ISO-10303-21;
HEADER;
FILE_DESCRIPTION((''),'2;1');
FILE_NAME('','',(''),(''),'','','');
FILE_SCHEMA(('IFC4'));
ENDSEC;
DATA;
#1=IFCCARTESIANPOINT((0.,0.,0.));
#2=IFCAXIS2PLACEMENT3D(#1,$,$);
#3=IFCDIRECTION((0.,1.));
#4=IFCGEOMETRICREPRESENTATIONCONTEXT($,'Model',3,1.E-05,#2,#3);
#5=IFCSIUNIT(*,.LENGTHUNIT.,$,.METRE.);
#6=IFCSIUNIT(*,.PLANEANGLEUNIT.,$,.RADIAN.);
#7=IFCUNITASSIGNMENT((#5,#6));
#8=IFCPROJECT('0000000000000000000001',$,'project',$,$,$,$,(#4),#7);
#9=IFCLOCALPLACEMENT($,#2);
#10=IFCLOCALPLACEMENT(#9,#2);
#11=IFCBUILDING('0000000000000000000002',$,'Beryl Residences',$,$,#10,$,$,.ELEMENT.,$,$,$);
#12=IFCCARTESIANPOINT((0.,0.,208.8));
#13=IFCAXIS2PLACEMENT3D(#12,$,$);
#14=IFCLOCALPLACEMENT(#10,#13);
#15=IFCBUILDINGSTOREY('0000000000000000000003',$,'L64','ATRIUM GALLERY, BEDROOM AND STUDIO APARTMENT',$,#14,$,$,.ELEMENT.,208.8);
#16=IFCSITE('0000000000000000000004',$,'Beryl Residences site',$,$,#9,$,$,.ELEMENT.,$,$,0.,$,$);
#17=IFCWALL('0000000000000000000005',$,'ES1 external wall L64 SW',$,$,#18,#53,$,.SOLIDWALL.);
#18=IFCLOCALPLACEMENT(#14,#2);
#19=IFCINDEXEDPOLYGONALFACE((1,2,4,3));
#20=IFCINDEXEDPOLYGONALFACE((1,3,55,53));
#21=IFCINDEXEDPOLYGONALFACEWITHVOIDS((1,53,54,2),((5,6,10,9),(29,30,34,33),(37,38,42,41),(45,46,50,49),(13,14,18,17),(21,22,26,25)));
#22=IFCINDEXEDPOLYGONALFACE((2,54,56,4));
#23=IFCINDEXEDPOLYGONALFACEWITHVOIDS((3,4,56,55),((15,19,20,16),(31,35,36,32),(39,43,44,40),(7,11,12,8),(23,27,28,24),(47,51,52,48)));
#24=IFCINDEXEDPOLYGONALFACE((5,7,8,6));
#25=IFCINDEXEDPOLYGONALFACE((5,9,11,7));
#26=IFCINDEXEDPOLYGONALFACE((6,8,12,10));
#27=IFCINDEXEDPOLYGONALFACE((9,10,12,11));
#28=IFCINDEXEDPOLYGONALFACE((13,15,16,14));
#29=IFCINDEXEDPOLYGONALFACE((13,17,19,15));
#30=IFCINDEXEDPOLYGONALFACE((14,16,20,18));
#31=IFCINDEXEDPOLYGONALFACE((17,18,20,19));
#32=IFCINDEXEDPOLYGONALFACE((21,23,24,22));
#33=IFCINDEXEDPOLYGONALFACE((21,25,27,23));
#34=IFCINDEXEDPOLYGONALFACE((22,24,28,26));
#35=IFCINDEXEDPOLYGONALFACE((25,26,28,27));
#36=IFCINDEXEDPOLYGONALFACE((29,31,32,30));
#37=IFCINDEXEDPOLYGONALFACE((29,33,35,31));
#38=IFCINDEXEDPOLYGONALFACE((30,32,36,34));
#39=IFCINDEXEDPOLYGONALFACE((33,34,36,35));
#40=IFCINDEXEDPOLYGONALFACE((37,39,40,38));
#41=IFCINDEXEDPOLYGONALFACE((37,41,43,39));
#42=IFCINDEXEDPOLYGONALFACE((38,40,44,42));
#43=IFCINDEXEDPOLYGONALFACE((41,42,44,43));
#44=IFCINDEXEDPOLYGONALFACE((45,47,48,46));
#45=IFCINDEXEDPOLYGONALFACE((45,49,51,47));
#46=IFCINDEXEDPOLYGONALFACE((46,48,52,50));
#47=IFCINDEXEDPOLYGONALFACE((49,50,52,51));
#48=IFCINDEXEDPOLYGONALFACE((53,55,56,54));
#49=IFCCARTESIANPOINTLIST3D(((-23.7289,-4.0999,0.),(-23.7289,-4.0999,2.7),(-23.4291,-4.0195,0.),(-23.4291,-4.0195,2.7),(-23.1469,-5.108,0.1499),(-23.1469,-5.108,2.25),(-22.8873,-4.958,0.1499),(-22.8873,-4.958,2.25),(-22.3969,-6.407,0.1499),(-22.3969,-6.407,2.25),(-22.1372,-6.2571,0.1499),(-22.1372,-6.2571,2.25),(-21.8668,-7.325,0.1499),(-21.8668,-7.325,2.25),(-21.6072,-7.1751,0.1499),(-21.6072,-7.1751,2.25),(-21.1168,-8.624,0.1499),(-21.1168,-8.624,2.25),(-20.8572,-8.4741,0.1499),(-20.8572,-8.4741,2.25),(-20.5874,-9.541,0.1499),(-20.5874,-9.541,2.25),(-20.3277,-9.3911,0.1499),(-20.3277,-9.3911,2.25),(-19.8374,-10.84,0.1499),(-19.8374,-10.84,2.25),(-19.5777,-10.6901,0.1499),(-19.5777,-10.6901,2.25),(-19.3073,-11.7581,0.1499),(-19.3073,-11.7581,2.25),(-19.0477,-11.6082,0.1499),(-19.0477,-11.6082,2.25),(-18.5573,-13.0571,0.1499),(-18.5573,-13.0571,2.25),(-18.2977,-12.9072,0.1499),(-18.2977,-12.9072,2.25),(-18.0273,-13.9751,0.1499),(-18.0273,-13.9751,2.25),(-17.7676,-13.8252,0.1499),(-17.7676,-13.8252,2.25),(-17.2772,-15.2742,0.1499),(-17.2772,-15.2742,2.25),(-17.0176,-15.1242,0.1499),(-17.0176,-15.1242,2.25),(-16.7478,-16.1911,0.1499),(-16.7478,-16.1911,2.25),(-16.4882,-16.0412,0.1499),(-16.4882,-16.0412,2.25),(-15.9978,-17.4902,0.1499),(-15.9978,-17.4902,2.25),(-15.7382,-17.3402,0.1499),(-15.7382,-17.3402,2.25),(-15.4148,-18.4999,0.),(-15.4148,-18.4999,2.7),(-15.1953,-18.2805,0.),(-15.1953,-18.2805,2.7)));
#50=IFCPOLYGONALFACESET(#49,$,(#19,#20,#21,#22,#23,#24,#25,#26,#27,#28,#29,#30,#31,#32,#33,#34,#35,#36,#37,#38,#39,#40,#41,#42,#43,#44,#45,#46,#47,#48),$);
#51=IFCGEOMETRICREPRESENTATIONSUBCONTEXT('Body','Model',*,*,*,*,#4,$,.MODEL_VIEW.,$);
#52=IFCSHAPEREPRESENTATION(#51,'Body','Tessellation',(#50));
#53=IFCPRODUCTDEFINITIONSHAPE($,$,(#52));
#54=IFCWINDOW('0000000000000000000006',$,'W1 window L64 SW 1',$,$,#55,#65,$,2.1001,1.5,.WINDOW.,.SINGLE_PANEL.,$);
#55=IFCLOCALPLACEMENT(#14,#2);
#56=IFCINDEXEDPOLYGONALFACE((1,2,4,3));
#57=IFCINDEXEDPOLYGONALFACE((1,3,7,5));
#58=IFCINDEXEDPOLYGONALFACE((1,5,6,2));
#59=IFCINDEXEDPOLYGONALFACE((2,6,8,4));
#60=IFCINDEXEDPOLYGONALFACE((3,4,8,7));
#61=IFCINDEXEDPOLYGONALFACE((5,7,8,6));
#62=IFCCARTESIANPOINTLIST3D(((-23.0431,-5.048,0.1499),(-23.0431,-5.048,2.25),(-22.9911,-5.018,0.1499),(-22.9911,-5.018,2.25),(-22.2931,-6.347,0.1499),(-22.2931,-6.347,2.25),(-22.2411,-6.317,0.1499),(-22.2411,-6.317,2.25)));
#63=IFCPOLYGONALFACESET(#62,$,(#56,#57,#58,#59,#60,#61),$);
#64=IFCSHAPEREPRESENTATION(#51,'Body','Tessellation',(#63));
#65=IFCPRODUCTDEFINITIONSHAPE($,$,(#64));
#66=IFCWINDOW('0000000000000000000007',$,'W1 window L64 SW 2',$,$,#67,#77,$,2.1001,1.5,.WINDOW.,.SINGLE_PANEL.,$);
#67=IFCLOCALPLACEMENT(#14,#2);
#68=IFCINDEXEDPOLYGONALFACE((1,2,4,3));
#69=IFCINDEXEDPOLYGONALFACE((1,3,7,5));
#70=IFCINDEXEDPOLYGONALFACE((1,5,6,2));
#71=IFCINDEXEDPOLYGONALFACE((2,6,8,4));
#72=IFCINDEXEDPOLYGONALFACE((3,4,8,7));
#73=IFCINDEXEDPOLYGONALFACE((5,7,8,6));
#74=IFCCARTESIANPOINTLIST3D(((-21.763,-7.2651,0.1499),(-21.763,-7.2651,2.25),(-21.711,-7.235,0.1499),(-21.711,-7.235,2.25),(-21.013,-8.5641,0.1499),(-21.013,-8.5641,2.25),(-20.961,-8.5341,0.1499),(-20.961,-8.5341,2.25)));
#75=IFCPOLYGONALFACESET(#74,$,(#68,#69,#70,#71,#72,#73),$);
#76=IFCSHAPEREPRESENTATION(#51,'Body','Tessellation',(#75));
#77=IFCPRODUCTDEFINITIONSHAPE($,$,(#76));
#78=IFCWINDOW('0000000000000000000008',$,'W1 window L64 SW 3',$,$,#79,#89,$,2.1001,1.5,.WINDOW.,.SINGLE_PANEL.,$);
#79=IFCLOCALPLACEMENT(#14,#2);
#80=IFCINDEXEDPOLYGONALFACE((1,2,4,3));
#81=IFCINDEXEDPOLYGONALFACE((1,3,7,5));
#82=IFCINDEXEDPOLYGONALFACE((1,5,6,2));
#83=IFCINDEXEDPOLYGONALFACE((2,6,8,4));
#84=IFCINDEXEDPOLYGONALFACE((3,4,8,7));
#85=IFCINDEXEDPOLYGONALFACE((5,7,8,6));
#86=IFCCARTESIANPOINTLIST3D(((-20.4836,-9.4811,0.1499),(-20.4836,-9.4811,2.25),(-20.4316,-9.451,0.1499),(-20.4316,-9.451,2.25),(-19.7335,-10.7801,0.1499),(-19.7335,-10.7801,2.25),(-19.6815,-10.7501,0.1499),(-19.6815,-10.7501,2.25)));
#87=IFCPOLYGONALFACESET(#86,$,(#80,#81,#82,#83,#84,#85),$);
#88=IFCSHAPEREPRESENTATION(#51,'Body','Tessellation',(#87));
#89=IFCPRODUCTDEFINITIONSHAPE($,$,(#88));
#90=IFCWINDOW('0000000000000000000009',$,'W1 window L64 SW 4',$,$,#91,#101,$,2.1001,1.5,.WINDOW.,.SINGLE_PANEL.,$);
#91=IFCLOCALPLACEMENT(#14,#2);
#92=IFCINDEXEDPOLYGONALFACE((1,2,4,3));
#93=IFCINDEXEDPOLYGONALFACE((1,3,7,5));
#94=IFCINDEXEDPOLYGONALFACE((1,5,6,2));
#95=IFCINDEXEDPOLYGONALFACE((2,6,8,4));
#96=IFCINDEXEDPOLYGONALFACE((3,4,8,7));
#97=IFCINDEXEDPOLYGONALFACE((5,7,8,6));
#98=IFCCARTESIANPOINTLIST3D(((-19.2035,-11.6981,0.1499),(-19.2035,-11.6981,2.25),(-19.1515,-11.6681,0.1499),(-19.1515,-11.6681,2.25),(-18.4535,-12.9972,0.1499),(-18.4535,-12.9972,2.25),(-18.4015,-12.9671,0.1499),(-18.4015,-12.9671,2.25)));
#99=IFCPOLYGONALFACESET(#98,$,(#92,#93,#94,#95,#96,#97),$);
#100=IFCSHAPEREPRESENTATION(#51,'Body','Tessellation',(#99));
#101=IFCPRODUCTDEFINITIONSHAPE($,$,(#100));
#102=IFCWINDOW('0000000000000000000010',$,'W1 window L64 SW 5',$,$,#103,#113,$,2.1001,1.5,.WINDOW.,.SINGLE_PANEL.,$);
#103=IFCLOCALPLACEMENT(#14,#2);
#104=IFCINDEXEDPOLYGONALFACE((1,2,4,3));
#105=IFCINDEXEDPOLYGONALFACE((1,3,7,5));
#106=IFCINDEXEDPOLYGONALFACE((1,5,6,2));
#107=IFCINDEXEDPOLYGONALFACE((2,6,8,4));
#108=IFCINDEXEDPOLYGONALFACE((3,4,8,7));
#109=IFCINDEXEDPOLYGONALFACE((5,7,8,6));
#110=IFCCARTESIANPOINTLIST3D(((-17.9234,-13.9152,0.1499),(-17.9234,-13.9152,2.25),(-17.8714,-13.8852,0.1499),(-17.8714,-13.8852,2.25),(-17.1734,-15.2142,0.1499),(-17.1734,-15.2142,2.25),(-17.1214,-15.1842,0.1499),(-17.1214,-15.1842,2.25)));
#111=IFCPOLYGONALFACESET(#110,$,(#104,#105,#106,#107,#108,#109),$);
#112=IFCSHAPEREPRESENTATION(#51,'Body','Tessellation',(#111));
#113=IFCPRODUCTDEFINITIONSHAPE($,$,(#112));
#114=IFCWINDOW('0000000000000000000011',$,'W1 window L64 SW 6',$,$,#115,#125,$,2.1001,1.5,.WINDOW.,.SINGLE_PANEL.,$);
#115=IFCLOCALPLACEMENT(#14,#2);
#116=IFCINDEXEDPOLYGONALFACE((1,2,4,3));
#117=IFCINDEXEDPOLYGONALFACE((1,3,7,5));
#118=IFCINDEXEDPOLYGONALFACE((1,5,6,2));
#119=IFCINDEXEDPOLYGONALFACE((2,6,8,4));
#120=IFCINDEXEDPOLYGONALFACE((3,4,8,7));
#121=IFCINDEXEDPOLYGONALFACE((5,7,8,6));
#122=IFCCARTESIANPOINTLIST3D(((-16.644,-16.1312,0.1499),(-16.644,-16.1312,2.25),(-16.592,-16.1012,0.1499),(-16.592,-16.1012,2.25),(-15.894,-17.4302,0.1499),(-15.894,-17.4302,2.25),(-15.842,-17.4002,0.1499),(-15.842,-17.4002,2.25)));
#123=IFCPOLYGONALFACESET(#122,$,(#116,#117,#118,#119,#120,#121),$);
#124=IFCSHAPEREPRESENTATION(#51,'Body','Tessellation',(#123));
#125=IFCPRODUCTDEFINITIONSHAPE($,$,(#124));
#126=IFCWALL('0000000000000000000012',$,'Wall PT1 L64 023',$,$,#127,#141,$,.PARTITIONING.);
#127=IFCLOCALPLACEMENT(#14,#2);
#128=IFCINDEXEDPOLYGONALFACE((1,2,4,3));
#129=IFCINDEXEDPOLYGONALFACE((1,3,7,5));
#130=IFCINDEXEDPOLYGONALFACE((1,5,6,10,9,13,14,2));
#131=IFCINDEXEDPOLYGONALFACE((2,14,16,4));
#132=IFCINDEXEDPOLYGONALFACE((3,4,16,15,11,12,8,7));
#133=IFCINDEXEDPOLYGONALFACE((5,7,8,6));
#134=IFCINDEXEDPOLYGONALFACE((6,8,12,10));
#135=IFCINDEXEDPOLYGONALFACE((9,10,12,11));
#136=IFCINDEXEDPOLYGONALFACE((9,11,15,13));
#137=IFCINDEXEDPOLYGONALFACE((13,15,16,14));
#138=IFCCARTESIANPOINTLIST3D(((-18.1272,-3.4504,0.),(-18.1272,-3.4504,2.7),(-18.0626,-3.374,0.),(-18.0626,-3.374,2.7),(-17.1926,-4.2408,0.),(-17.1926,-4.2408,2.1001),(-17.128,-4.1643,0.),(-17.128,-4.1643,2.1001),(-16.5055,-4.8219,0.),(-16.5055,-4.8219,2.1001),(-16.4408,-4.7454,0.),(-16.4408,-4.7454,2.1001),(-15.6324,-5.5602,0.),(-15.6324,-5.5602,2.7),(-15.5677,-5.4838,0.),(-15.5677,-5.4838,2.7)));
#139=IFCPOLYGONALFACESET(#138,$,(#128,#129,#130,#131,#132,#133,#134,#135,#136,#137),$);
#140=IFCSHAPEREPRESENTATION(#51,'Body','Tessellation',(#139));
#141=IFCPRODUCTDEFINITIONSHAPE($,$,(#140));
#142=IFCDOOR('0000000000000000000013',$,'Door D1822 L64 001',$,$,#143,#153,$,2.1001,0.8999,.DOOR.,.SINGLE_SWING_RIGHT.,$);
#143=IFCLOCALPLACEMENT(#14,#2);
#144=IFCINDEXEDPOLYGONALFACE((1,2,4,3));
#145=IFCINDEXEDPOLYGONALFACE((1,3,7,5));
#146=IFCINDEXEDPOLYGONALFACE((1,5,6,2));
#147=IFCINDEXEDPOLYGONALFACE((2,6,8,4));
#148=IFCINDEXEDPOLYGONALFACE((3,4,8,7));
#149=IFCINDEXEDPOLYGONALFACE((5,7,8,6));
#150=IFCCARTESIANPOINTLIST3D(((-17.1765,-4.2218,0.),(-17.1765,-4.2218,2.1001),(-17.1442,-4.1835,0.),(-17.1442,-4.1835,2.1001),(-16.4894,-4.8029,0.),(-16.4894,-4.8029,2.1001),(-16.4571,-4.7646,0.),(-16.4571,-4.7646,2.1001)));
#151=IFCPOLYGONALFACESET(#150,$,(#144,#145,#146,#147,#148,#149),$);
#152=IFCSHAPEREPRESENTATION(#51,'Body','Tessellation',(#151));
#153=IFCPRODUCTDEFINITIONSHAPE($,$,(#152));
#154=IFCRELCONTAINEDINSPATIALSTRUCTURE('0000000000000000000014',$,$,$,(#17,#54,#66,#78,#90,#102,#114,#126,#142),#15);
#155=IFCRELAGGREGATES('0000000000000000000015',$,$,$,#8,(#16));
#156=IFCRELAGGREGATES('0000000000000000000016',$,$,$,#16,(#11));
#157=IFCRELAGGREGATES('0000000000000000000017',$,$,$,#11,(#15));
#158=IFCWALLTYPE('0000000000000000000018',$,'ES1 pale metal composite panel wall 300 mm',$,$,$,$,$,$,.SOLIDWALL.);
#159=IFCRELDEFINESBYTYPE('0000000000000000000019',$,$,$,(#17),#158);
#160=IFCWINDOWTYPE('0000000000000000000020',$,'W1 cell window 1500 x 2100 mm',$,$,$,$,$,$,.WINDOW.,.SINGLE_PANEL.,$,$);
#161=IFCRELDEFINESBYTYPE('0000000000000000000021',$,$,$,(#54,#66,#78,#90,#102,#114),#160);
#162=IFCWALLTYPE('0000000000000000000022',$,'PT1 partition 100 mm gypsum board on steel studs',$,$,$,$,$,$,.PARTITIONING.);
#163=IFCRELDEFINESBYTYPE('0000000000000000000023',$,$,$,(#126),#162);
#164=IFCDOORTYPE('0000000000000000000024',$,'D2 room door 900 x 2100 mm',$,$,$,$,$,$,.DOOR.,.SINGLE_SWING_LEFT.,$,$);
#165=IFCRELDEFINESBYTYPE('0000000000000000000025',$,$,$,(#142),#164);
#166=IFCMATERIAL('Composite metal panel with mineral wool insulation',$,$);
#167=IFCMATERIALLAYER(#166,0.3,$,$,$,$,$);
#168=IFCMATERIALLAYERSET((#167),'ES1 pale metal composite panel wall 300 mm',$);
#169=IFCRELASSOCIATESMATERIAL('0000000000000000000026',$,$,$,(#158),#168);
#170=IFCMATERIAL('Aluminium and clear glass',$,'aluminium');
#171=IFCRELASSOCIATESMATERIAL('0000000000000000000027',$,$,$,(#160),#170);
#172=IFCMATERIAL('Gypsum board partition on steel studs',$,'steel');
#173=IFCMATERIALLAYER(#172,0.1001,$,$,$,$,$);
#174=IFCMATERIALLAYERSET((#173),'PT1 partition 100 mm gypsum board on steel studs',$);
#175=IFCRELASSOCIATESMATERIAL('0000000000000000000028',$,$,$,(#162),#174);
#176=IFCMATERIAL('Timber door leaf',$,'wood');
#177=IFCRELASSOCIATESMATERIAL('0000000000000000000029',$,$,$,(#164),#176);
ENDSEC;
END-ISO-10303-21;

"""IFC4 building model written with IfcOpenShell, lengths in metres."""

from ifc_helpers import new_model, si_unit, direction, frame, frame_2d, origin, place, context, subcontext, project, spatial, polyline, rectangle, outline, extrude, material, layer, layer_set, type_object, element, fill, save


model = new_model("IFC4")

# Units and contexts
model_context = context("Model", 3, precision=1e-05, world=origin(), true_north=direction((0.0, 1.0)))
body_context = subcontext(model_context, "Body", "Model", "MODEL_VIEW")
ifc_project = project(units=[si_unit("LENGTHUNIT", "METRE"), si_unit("PLANEANGLEUNIT", "RADIAN")], contexts=[model_context])

# Site, building, storey
site_placement = place(None, origin())
site = spatial("IfcSite", under=ifc_project, at=site_placement, Name="Beryl Residences site", CompositionType="ELEMENT", RefElevation=0.0)
building_placement = place(site_placement, origin())
building = spatial("IfcBuilding", under=site, at=building_placement, Name="Beryl Residences", CompositionType="ELEMENT")
storey_placement = place(building_placement, frame((0.0, 0.0, 208.8)))
storey = spatial("IfcBuildingStorey", under=building, at=storey_placement, Name="L64", Description="ATRIUM GALLERY, BEDROOM AND STUDIO APARTMENT", CompositionType="ELEMENT", Elevation=208.8)

# Wall, openings, windows
ifc_material_1 = material(Name="Composite metal panel with mineral wool insulation")
ifc_layer_1 = layer(ifc_material_1, 0.3)
ifc_layer_set_1 = layer_set([ifc_layer_1], Name="ES1 pale metal composite panel wall 300 mm")
wall_type_1 = type_object("IfcWallType", Name="ES1 pale metal composite panel wall 300 mm", PredefinedType="SOLIDWALL", material=ifc_layer_set_1)
wall_1_placement = place(storey_placement, frame((-23.5991, -4.0249, 0.0), z_axis=(0.0, 0.0, 1.0), x_axis=(0.500013, -0.866018, 0.0)))
wall_1 = element("IfcWall", 1, at=wall_1_placement, inside=storey, type_object=wall_type_1, Name="ES1 external wall L64 SW", PredefinedType="SOLIDWALL", context=body_context, shape_type="SweptSolid", body=[
    extrude(outline(polyline([(0.0, -0.1499), (16.6279, -0.1499), (16.5476, 0.1499), (0.0803, 0.1499), (0.0, -0.1499)])), origin(), (0.0, 0.0, 1.0), 2.7),
])
opening_1_placement = place(wall_1_placement, frame((1.1641, 0.0, 0.1499)))
opening_1 = element("IfcOpeningElement", 2, at=opening_1_placement, cuts=wall_1, PredefinedType="OPENING", context=body_context, shape_type="SweptSolid", body=[
    extrude(rectangle(XDim=1.5, YDim=2.1001, at=frame_2d((0.75, 1.05))), frame((0.0, 0.1599, 0.0), z_axis=(0.0, -1.0, 0.0), x_axis=(1.0, 0.0, 0.0)), (0.0, 0.0, 1.0), 0.3201),
])
opening_2_placement = place(wall_1_placement, frame((3.7241, 0.0, 0.1499)))
opening_2 = element("IfcOpeningElement", 3, at=opening_2_placement, cuts=wall_1, PredefinedType="OPENING", context=body_context, shape_type="SweptSolid", body=[
    extrude(rectangle(XDim=1.5, YDim=2.1001, at=frame_2d((0.75, 1.05))), frame((0.0, 0.1599, 0.0), z_axis=(0.0, -1.0, 0.0), x_axis=(1.0, 0.0, 0.0)), (0.0, 0.0, 1.0), 0.3201),
])
opening_3_placement = place(wall_1_placement, frame((6.283, 0.0, 0.1499)))
opening_3 = element("IfcOpeningElement", 4, at=opening_3_placement, cuts=wall_1, PredefinedType="OPENING", context=body_context, shape_type="SweptSolid", body=[
    extrude(rectangle(XDim=1.5, YDim=2.1001, at=frame_2d((0.75, 1.05))), frame((0.0, 0.1599, 0.0), z_axis=(0.0, -1.0, 0.0), x_axis=(1.0, 0.0, 0.0)), (0.0, 0.0, 1.0), 0.3201),
])
opening_4_placement = place(wall_1_placement, frame((8.843, 0.0, 0.1499)))
opening_4 = element("IfcOpeningElement", 5, at=opening_4_placement, cuts=wall_1, PredefinedType="OPENING", context=body_context, shape_type="SweptSolid", body=[
    extrude(rectangle(XDim=1.5, YDim=2.1001, at=frame_2d((0.75, 1.05))), frame((0.0, 0.1599, 0.0), z_axis=(0.0, -1.0, 0.0), x_axis=(1.0, 0.0, 0.0)), (0.0, 0.0, 1.0), 0.3201),
])
opening_5_placement = place(wall_1_placement, frame((11.4031, 0.0, 0.1499)))
opening_5 = element("IfcOpeningElement", 6, at=opening_5_placement, cuts=wall_1, PredefinedType="OPENING", context=body_context, shape_type="SweptSolid", body=[
    extrude(rectangle(XDim=1.5, YDim=2.1001, at=frame_2d((0.75, 1.05))), frame((0.0, 0.1599, 0.0), z_axis=(0.0, -1.0, 0.0), x_axis=(1.0, 0.0, 0.0)), (0.0, 0.0, 1.0), 0.3201),
])
opening_6_placement = place(wall_1_placement, frame((13.9619, 0.0, 0.1499)))
opening_6 = element("IfcOpeningElement", 7, at=opening_6_placement, cuts=wall_1, PredefinedType="OPENING", context=body_context, shape_type="SweptSolid", body=[
    extrude(rectangle(XDim=1.5, YDim=2.1001, at=frame_2d((0.75, 1.05))), frame((0.0, 0.1599, 0.0), z_axis=(0.0, -1.0, 0.0), x_axis=(1.0, 0.0, 0.0)), (0.0, 0.0, 1.0), 0.3201),
])
ifc_material_2 = material(Name="Aluminium and clear glass", Category="aluminium")
window_type = type_object("IfcWindowType", Name="W1 cell window 1500 x 2100 mm", PartitioningType="SINGLE_PANEL", PredefinedType="WINDOW", material=ifc_material_2)
window_1_placement = place(opening_1_placement, origin())
window_1 = element("IfcWindow", 8, at=window_1_placement, inside=storey, type_object=window_type, Name="W1 window L64 SW 1", OverallHeight=2.1001, OverallWidth=1.5, PartitioningType="SINGLE_PANEL", PredefinedType="WINDOW", context=body_context, shape_type="SweptSolid", body=[
    extrude(rectangle(XDim=1.5, YDim=2.1001, at=frame_2d((0.75, 1.05))), frame((0.0, 0.03, 0.0), z_axis=(0.0, -1.0, 0.0), x_axis=(1.0, 0.0, 0.0)), (0.0, 0.0, 1.0), 0.0601),
])
fill(opening_1, window_1)
window_2_placement = place(opening_2_placement, origin())
window_2 = element("IfcWindow", 9, at=window_2_placement, inside=storey, type_object=window_type, Name="W1 window L64 SW 2", OverallHeight=2.1001, OverallWidth=1.5, PartitioningType="SINGLE_PANEL", PredefinedType="WINDOW", context=body_context, shape_type="SweptSolid", body=[
    extrude(rectangle(XDim=1.5, YDim=2.1001, at=frame_2d((0.75, 1.05))), frame((0.0, 0.03, 0.0), z_axis=(0.0, -1.0, 0.0), x_axis=(1.0, 0.0, 0.0)), (0.0, 0.0, 1.0), 0.0601),
])
fill(opening_2, window_2)
window_3_placement = place(opening_3_placement, origin())
window_3 = element("IfcWindow", 10, at=window_3_placement, inside=storey, type_object=window_type, Name="W1 window L64 SW 3", OverallHeight=2.1001, OverallWidth=1.5, PartitioningType="SINGLE_PANEL", PredefinedType="WINDOW", context=body_context, shape_type="SweptSolid", body=[
    extrude(rectangle(XDim=1.5, YDim=2.1001, at=frame_2d((0.75, 1.05))), frame((0.0, 0.03, 0.0), z_axis=(0.0, -1.0, 0.0), x_axis=(1.0, 0.0, 0.0)), (0.0, 0.0, 1.0), 0.0601),
])
fill(opening_3, window_3)
window_4_placement = place(opening_4_placement, origin())
window_4 = element("IfcWindow", 11, at=window_4_placement, inside=storey, type_object=window_type, Name="W1 window L64 SW 4", OverallHeight=2.1001, OverallWidth=1.5, PartitioningType="SINGLE_PANEL", PredefinedType="WINDOW", context=body_context, shape_type="SweptSolid", body=[
    extrude(rectangle(XDim=1.5, YDim=2.1001, at=frame_2d((0.75, 1.05))), frame((0.0, 0.03, 0.0), z_axis=(0.0, -1.0, 0.0), x_axis=(1.0, 0.0, 0.0)), (0.0, 0.0, 1.0), 0.0601),
])
fill(opening_4, window_4)
window_5_placement = place(opening_5_placement, origin())
window_5 = element("IfcWindow", 12, at=window_5_placement, inside=storey, type_object=window_type, Name="W1 window L64 SW 5", OverallHeight=2.1001, OverallWidth=1.5, PartitioningType="SINGLE_PANEL", PredefinedType="WINDOW", context=body_context, shape_type="SweptSolid", body=[
    extrude(rectangle(XDim=1.5, YDim=2.1001, at=frame_2d((0.75, 1.05))), frame((0.0, 0.03, 0.0), z_axis=(0.0, -1.0, 0.0), x_axis=(1.0, 0.0, 0.0)), (0.0, 0.0, 1.0), 0.0601),
])
fill(opening_5, window_5)
window_6_placement = place(opening_6_placement, origin())
window_6 = element("IfcWindow", 13, at=window_6_placement, inside=storey, type_object=window_type, Name="W1 window L64 SW 6", OverallHeight=2.1001, OverallWidth=1.5, PartitioningType="SINGLE_PANEL", PredefinedType="WINDOW", context=body_context, shape_type="SweptSolid", body=[
    extrude(rectangle(XDim=1.5, YDim=2.1001, at=frame_2d((0.75, 1.05))), frame((0.0, 0.03, 0.0), z_axis=(0.0, -1.0, 0.0), x_axis=(1.0, 0.0, 0.0)), (0.0, 0.0, 1.0), 0.0601),
])
fill(opening_6, window_6)

# Wall, opening, door
ifc_material_3 = material(Name="Gypsum board partition on steel studs", Category="steel")
ifc_layer_2 = layer(ifc_material_3, 0.1001)
ifc_layer_set_2 = layer_set([ifc_layer_2], Name="PT1 partition 100 mm gypsum board on steel studs")
wall_type_2 = type_object("IfcWallType", Name="PT1 partition 100 mm gypsum board on steel studs", PredefinedType="PARTITIONING", material=ifc_layer_set_2)
wall_2_placement = place(storey_placement, frame((-18.095, -3.4121, 0.0), z_axis=(0.0, 0.0, 1.0), x_axis=(0.763565, -0.645731, 0.0)))
wall_2 = element("IfcWall", 14, at=wall_2_placement, inside=storey, type_object=wall_type_2, Name="Wall PT1 L64 023", PredefinedType="PARTITIONING", context=body_context, shape_type="SweptSolid", body=[
    extrude(rectangle(XDim=3.2673, YDim=0.1001, at=frame_2d((1.6338, 0.0))), origin(), (0.0, 0.0, 1.0), 2.7),
])
opening_7_placement = place(wall_2_placement, frame((1.2241, 0.0, 0.0)))
opening_7 = element("IfcOpeningElement", 15, at=opening_7_placement, cuts=wall_2, PredefinedType="OPENING", context=body_context, shape_type="SweptSolid", body=[
    extrude(rectangle(XDim=0.8999, YDim=2.1001, at=frame_2d((0.45, 1.05))), frame((0.0, 0.0601, 0.0), z_axis=(0.0, -1.0, 0.0), x_axis=(1.0, 0.0, 0.0)), (0.0, 0.0, 1.0), 0.1201),
])
ifc_material_4 = material(Name="Timber door leaf", Category="wood")
door_type_1 = type_object("IfcDoorType", Name="D2 room door 900 x 2100 mm", OperationType="SINGLE_SWING_LEFT", PredefinedType="DOOR", material=ifc_material_4)
door_1_placement = place(opening_7_placement, origin())
door_1 = element("IfcDoor", 16, at=door_1_placement, inside=storey, type_object=door_type_1, Name="Door D1822 L64 001", OperationType="SINGLE_SWING_RIGHT", OverallHeight=2.1001, OverallWidth=0.8999, PredefinedType="DOOR", context=body_context, shape_type="SweptSolid", body=[
    extrude(rectangle(XDim=0.8999, YDim=2.1001, at=frame_2d((0.45, 1.05))), frame((0.0, 0.0249, 0.0), z_axis=(0.0, -1.0, 0.0), x_axis=(1.0, 0.0, 0.0)), (0.0, 0.0, 1.0), 0.05),
])
fill(opening_7, door_1)

save(model, "model.ifc")
